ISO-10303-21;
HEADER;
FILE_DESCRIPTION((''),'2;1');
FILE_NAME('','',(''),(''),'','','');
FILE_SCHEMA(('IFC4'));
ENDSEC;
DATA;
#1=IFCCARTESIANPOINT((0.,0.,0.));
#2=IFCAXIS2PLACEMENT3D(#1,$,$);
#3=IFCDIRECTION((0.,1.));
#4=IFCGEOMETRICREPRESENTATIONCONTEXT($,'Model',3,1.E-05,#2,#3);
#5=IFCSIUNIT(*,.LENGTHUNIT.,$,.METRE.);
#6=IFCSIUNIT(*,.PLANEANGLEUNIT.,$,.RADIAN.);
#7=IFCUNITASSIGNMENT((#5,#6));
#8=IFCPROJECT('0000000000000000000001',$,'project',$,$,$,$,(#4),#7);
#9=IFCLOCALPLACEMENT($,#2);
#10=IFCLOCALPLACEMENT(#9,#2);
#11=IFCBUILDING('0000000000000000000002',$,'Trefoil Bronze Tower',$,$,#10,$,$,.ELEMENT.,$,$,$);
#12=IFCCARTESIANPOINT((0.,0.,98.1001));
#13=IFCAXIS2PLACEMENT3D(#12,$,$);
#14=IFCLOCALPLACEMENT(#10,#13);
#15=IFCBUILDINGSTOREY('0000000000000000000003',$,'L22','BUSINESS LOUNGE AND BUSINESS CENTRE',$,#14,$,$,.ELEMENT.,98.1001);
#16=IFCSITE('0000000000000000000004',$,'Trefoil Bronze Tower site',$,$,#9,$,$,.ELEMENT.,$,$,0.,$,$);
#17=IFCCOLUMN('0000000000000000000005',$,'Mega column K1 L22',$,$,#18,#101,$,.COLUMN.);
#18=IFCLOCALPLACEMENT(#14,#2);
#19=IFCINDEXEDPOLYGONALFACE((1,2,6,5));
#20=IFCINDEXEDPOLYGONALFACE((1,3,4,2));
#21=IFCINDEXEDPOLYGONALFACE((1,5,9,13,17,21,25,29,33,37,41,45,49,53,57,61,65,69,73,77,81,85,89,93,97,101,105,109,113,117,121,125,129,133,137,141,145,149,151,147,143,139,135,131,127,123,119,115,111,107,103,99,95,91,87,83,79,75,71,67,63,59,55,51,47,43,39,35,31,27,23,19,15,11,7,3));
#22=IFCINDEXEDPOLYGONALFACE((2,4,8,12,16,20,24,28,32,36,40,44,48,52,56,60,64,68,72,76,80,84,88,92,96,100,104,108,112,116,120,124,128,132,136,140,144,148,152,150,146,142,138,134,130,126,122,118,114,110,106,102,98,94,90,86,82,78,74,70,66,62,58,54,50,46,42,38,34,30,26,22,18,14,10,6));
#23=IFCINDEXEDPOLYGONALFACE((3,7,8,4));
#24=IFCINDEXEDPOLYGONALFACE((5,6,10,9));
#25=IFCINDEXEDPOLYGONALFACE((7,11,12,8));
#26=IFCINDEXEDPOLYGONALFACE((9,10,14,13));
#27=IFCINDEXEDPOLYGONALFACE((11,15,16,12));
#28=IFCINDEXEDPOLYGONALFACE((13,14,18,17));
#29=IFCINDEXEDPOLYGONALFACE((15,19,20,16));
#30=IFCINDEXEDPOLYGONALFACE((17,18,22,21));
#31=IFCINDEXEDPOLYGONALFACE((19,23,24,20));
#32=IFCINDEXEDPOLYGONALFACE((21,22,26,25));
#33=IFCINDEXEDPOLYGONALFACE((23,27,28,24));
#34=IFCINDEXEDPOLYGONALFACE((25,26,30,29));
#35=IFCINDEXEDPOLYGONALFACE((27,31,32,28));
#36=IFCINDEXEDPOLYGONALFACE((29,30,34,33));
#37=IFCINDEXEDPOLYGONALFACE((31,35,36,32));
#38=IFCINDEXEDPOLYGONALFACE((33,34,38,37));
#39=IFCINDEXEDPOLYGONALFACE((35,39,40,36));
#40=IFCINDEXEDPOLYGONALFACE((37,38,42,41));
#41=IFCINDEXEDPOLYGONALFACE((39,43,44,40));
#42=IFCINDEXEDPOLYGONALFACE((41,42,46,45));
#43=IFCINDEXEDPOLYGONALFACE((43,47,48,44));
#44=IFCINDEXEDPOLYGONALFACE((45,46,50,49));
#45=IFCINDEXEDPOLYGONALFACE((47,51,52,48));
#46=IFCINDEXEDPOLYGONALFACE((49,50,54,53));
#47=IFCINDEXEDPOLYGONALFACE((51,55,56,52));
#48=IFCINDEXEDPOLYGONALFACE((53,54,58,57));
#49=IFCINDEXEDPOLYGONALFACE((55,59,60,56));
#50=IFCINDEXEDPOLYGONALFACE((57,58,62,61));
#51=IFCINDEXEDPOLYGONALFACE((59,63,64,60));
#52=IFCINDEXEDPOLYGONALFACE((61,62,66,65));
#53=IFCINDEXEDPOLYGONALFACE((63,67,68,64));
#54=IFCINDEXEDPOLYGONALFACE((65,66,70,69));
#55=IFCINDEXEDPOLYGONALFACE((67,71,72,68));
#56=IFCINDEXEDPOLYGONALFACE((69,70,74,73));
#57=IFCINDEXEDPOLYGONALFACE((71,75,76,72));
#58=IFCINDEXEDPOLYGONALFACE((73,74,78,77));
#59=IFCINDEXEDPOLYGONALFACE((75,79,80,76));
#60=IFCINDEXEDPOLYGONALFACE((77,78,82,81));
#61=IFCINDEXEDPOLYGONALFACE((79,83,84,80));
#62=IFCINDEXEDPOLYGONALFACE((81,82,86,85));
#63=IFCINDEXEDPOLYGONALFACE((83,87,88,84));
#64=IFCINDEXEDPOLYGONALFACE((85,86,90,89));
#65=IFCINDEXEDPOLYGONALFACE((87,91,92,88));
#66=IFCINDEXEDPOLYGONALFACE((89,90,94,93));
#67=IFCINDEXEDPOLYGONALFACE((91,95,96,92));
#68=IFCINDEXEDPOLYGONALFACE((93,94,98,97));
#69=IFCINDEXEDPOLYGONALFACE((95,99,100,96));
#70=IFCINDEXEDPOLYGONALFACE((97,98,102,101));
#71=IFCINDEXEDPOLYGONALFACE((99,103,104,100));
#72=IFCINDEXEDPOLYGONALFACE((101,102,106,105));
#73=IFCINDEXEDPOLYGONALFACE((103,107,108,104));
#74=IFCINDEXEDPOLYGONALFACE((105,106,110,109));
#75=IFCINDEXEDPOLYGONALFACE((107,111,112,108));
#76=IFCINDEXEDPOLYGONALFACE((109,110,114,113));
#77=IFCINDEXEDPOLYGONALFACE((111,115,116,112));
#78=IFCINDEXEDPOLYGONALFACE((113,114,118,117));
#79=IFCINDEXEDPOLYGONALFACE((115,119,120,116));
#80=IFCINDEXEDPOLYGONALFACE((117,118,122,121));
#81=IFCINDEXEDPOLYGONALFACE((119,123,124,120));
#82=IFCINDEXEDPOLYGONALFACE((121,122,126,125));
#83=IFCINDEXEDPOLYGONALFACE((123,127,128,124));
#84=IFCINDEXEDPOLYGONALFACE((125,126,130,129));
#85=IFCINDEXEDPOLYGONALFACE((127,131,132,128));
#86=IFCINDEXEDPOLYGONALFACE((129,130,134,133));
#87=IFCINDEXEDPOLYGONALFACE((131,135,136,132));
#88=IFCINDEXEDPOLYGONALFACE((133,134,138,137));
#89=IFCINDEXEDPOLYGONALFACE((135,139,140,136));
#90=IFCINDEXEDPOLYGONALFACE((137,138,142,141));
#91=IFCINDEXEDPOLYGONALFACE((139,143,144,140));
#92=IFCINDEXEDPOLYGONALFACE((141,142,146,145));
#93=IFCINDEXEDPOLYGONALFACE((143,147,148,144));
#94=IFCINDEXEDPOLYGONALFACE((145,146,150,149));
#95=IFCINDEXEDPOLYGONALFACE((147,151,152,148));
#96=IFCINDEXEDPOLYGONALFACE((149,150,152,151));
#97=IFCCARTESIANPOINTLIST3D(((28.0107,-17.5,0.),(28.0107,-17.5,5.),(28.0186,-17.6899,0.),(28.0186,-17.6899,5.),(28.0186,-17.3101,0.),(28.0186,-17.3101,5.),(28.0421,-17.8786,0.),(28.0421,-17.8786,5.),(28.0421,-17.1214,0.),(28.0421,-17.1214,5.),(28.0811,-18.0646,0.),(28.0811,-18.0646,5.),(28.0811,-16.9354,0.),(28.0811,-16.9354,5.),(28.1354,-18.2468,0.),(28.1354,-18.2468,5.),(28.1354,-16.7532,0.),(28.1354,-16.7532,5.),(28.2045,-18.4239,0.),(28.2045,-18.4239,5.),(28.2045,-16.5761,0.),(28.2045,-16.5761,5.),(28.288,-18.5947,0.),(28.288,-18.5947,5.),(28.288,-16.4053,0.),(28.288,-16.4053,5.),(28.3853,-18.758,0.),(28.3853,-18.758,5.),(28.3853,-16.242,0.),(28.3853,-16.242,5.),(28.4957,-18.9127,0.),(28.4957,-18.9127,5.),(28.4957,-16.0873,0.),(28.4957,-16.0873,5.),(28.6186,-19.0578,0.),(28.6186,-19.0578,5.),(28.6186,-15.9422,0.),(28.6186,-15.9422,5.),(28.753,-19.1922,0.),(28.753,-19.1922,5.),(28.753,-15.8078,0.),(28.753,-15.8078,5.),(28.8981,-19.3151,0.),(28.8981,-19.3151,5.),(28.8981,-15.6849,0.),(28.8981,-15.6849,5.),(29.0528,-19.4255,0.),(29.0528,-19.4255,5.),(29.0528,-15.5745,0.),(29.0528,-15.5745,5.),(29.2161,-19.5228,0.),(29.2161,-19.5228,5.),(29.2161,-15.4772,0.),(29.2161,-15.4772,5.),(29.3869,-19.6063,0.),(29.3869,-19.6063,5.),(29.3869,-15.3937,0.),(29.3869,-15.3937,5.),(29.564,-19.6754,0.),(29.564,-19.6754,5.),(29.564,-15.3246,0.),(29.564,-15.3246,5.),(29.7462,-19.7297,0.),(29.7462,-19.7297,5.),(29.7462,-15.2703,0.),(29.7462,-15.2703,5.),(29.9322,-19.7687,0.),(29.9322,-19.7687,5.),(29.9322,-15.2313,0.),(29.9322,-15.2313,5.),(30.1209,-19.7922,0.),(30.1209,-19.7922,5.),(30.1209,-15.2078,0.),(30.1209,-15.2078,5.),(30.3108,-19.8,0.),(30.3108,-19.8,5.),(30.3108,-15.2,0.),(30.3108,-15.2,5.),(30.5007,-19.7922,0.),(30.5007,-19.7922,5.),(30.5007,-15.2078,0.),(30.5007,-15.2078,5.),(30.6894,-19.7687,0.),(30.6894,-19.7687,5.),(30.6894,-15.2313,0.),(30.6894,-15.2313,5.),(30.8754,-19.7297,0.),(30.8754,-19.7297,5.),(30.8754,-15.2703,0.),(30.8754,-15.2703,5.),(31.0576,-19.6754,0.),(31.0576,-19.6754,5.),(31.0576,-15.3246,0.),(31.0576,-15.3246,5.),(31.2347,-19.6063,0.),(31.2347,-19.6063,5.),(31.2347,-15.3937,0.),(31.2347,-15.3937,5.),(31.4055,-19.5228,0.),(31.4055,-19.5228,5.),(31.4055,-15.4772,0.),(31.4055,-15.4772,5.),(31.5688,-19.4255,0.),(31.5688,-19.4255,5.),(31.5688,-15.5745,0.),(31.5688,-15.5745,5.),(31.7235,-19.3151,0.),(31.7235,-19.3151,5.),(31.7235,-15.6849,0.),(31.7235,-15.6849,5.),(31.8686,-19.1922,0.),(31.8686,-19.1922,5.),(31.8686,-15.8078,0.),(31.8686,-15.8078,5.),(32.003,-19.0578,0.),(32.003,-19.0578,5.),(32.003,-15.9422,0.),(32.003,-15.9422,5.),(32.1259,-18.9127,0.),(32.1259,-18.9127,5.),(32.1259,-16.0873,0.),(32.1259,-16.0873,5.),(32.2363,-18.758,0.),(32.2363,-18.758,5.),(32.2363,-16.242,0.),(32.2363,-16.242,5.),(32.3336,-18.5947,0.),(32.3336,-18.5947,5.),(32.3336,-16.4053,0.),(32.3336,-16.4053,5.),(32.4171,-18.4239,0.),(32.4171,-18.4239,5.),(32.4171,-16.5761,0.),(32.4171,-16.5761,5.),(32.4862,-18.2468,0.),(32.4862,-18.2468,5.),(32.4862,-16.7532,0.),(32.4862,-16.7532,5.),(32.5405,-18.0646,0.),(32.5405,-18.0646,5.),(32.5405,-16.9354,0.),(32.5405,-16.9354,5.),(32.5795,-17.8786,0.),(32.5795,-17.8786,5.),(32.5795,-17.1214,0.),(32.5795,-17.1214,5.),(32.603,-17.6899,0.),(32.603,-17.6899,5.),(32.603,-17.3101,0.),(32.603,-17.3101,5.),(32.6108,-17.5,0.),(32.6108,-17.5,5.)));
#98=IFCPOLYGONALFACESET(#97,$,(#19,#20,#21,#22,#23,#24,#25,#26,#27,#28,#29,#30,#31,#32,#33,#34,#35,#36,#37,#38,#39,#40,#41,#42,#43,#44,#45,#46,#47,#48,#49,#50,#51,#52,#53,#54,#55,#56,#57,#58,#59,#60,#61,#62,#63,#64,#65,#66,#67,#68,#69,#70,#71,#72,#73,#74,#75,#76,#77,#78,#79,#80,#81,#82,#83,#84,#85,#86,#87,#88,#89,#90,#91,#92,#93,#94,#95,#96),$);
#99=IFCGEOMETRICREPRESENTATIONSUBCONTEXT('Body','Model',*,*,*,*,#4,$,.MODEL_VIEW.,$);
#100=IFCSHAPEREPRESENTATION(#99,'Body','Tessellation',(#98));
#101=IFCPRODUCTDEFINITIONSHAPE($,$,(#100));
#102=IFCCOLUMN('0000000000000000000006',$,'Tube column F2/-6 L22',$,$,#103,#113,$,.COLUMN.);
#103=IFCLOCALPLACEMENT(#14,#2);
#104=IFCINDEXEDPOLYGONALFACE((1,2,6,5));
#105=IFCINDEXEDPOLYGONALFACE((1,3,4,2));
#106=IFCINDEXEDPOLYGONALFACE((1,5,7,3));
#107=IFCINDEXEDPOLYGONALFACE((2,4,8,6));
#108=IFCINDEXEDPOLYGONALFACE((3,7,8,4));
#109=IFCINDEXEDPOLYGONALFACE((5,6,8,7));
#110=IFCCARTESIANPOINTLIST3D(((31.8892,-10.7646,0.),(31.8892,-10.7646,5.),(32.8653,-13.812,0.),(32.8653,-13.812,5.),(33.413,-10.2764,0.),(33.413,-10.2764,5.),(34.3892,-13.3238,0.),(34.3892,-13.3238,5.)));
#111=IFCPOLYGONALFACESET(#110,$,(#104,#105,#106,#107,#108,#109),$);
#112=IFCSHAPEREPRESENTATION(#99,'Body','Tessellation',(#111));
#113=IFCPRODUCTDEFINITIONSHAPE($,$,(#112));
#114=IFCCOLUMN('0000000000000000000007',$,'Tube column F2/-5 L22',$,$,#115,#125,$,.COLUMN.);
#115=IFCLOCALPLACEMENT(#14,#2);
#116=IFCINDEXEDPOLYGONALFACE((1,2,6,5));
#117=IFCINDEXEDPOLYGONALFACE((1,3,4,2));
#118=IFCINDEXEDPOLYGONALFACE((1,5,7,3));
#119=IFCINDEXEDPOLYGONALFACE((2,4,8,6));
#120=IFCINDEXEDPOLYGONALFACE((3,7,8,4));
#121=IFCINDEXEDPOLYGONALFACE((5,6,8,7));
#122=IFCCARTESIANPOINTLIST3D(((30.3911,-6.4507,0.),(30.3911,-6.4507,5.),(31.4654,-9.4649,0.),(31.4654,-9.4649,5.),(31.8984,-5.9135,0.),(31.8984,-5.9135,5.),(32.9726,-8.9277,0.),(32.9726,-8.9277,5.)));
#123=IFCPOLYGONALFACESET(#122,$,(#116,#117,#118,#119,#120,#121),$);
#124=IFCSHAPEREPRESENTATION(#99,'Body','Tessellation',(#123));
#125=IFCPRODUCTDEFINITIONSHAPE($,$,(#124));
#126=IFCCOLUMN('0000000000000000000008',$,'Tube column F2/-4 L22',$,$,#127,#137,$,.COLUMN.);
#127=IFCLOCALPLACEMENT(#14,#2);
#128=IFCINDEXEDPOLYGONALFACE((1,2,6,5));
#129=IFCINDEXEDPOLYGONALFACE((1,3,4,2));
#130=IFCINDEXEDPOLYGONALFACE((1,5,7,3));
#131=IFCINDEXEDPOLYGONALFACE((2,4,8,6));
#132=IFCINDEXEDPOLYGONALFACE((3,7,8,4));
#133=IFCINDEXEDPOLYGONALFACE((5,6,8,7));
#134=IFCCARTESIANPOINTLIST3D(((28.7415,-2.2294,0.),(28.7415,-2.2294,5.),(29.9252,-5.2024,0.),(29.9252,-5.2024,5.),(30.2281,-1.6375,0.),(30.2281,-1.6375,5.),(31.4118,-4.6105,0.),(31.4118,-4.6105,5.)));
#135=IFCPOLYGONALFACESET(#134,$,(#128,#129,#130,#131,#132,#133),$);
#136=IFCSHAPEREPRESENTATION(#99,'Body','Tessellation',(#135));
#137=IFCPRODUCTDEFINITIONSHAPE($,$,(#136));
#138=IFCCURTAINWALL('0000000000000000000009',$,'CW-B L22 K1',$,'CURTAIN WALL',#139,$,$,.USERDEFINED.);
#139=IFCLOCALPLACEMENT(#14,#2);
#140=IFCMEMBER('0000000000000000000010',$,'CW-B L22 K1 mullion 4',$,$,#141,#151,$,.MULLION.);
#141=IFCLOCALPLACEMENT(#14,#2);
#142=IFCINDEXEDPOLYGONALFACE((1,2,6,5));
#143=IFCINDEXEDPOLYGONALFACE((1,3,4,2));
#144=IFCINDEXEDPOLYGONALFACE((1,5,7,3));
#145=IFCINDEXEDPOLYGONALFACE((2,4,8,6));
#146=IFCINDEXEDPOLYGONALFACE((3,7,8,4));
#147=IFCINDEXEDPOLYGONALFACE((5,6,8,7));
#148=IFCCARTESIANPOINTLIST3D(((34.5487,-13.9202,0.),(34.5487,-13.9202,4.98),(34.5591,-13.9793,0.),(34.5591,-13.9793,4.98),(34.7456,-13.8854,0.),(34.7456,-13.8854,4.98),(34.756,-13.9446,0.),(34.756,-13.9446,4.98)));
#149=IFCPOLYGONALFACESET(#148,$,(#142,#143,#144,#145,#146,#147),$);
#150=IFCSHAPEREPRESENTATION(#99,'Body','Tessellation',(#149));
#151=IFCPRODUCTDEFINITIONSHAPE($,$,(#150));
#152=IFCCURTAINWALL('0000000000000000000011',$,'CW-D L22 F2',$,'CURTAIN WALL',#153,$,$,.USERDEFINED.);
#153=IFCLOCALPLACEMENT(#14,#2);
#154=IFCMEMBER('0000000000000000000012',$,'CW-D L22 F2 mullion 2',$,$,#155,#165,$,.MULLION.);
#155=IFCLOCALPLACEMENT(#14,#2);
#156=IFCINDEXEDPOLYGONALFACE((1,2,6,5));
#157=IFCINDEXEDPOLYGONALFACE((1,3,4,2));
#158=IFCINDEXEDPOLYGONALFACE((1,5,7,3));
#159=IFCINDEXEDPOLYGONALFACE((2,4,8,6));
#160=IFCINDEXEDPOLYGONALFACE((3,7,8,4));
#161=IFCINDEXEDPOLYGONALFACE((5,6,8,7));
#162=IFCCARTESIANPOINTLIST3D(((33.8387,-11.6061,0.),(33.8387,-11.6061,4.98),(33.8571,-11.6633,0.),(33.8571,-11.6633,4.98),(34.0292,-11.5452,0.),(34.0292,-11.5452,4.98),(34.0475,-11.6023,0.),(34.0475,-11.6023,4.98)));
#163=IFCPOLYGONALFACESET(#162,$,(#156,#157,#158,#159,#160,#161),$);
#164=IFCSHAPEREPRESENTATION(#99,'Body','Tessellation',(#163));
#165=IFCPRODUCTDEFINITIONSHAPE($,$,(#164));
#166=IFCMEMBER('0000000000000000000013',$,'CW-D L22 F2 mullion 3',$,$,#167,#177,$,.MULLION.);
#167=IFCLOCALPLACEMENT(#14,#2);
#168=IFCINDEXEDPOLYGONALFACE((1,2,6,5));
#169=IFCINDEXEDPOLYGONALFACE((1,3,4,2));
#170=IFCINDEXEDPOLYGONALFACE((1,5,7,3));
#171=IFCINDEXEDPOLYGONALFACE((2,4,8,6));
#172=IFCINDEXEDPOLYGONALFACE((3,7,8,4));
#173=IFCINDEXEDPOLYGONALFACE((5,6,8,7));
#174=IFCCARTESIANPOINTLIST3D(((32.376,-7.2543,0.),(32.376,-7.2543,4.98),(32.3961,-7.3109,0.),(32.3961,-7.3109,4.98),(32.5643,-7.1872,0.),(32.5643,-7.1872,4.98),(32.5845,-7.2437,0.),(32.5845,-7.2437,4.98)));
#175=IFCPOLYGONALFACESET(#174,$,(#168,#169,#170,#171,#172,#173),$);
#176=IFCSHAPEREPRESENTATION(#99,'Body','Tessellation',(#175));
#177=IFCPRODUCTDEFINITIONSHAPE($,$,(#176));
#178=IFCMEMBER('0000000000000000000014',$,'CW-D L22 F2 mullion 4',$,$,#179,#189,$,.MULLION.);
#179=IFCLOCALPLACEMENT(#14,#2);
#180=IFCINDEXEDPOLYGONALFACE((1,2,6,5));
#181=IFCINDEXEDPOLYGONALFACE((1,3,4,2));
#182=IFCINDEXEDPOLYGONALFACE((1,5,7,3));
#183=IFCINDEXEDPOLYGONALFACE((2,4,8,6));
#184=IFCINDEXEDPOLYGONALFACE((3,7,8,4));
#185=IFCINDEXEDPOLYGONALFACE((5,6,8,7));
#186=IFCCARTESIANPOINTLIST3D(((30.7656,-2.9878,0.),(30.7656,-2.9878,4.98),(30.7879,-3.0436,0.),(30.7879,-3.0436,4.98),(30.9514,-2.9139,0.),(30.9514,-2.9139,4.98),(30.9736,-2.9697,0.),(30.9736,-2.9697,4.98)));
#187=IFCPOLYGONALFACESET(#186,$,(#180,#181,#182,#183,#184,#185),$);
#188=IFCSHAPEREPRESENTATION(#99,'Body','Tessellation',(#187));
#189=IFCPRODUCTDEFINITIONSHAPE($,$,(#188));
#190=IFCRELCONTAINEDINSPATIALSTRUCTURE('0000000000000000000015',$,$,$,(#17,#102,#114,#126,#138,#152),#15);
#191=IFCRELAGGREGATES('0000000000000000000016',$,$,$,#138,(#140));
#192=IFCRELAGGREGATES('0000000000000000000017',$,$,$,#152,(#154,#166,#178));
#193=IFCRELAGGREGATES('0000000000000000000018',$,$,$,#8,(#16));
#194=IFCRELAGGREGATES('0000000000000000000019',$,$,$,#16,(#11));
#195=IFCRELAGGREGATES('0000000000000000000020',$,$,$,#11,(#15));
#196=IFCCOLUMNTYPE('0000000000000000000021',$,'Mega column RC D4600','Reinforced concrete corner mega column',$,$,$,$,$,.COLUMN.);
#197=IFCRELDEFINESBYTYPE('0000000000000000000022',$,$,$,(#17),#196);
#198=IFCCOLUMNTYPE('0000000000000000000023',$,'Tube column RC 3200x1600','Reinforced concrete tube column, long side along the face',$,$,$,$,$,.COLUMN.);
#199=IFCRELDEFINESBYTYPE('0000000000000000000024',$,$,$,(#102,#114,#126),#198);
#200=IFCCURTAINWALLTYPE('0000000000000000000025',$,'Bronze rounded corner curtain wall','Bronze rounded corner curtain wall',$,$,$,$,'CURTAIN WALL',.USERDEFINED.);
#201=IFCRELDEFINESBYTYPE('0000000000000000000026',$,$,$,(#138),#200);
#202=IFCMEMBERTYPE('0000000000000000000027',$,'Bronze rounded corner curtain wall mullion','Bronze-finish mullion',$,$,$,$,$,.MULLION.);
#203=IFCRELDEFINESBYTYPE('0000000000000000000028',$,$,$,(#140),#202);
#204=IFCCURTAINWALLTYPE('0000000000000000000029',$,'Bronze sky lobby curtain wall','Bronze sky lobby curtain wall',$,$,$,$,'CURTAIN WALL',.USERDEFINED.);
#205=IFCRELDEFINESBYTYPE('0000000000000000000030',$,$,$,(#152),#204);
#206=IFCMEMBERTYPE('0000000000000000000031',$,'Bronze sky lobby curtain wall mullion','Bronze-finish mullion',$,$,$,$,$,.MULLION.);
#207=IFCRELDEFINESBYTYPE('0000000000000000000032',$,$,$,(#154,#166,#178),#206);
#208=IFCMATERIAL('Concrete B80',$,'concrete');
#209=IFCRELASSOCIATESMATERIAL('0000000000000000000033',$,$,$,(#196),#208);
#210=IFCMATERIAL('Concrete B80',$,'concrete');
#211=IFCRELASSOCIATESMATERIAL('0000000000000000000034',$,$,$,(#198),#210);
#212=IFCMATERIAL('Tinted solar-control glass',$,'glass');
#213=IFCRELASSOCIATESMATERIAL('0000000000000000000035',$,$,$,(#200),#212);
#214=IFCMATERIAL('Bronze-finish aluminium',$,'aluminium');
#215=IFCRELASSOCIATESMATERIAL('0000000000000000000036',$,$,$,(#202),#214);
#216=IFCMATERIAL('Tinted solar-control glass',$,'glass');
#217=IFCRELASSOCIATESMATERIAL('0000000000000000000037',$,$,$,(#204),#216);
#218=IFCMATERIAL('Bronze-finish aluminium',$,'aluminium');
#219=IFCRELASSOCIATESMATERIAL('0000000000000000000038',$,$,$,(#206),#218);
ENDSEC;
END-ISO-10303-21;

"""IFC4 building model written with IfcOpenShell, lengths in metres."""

from ifc_helpers import new_model, si_unit, direction, frame, origin, origin_2d, place, context, subcontext, project, spatial, rectangle, circle, extrude, material, material_profile, profile_set, type_object, element, aggregate, save


model = new_model("IFC4")

# Units and contexts
model_context = context("Model", 3, precision=1e-05, world=origin(), true_north=direction((0.0, 1.0)))
body_context = subcontext(model_context, "Body", "Model", "MODEL_VIEW")
ifc_project = project(units=[si_unit("LENGTHUNIT", "METRE"), si_unit("PLANEANGLEUNIT", "RADIAN")], contexts=[model_context])

# Site, building, storey
site_placement = place(None, origin())
site = spatial("IfcSite", under=ifc_project, at=site_placement, Name="Trefoil Bronze Tower site", CompositionType="ELEMENT", RefElevation=0.0)
building_placement = place(site_placement, origin())
building = spatial("IfcBuilding", under=site, at=building_placement, Name="Trefoil Bronze Tower", CompositionType="ELEMENT")
storey_placement = place(building_placement, frame((0.0, 0.0, 98.1001)))
storey = spatial("IfcBuildingStorey", under=building, at=storey_placement, Name="L22", Description="BUSINESS LOUNGE AND BUSINESS CENTRE", CompositionType="ELEMENT", Elevation=98.1001)

# Columns
ifc_material_1 = material(Name="Concrete B80", Category="concrete")
ifc_material_profile_1 = material_profile(ifc_material_1, circle(Radius=2.3, at=origin_2d()), Name="RC D4600")
ifc_profile_set_1 = profile_set([ifc_material_profile_1], Name="Concrete B80")
column_type_1 = type_object("IfcColumnType", Name="Mega column RC D4600", Description="Reinforced concrete corner mega column", PredefinedType="COLUMN", material=ifc_profile_set_1)
column_placement = place(storey_placement, frame((30.3108, -17.5, 0.0), z_axis=(0.0, 0.0, 1.0), x_axis=(1.0, 0.0, 0.0)))
element("IfcColumn", 1, at=column_placement, inside=storey, type_object=column_type_1, Name="Mega column K1 L22", PredefinedType="COLUMN", context=body_context, shape_type="SweptSolid", body=[
    extrude(circle(Radius=2.3, at=origin_2d()), origin(), (0.0, 0.0, 1.0), 5.0),
])
ifc_material_2 = material(Name="Concrete B80", Category="concrete")
ifc_material_profile_2 = material_profile(ifc_material_2, rectangle(XDim=3.2, YDim=1.6001, at=origin_2d()), Name="RC 3200x1600")
ifc_profile_set_2 = profile_set([ifc_material_profile_2], Name="Concrete B80")
column_type_2 = type_object("IfcColumnType", Name="Tube column RC 3200x1600", Description="Reinforced concrete tube column, long side along the face", PredefinedType="COLUMN", material=ifc_profile_set_2)
for number, where, z_axis, x_axis, name in (
    (2, (33.1392, -12.0442, 0.0), (0.0, 0.0, 1.0), (-0.305066, 0.952331, 0.0), "Tube column F2/-6 L22"),
    (3, (31.6819, -7.6892, 0.0), (0.0, 0.0, 1.0), (-0.335718, 0.941963, 0.0), "Tube column F2/-5 L22"),
    (4, (30.0767, -3.4199, 0.0), (0.0, 0.0, 1.0), (-0.369901, 0.929071, 0.0), "Tube column F2/-4 L22"),
):
    element("IfcColumn", number, at=place(storey_placement, frame(where, z_axis=z_axis, x_axis=x_axis)), inside=storey, type_object=column_type_2, Name=name, PredefinedType="COLUMN", context=body_context, shape_type="SweptSolid", body=[
        extrude(rectangle(XDim=3.2, YDim=1.6001, at=origin_2d()), origin(), (0.0, 0.0, 1.0), 5.0),
    ])

# Curtain wall, member
ifc_material_3 = material(Name="Tinted solar-control glass", Category="glass")
curtain_wall_type_1 = type_object("IfcCurtainWallType", Name="Bronze rounded corner curtain wall", Description="Bronze rounded corner curtain wall", ElementType="CURTAIN WALL", PredefinedType="USERDEFINED", material=ifc_material_3)
curtain_wall_1_placement = place(storey_placement, origin())
curtain_wall_1 = element("IfcCurtainWall", 5, at=curtain_wall_1_placement, inside=storey, type_object=curtain_wall_type_1, Name="CW-B L22 K1", ObjectType="CURTAIN WALL", PredefinedType="USERDEFINED")
ifc_material_4 = material(Name="Bronze-finish aluminium", Category="aluminium")
ifc_material_profile_3 = material_profile(ifc_material_4, rectangle(XDim=0.2, YDim=0.0601, at=origin_2d()), Name="CW-B mullion")
ifc_profile_set_3 = profile_set([ifc_material_profile_3], Name="Bronze-finish aluminium")
member_type_1 = type_object("IfcMemberType", Name="Bronze rounded corner curtain wall mullion", Description="Bronze-finish mullion", PredefinedType="MULLION", material=ifc_profile_set_3)
member_1_placement = place(storey_placement, frame((34.6523, -13.9324, 0.0), z_axis=(0.0, 0.0, 1.0), x_axis=(-0.984808, -0.173648, 0.0)))
member_1 = element("IfcMember", 6, at=member_1_placement, type_object=member_type_1, Name="CW-B L22 K1 mullion 4", PredefinedType="MULLION", context=body_context, shape_type="SweptSolid", body=[
    extrude(rectangle(XDim=0.2, YDim=0.0601, at=origin_2d()), origin(), (0.0, 0.0, 1.0), 4.98),
])

# Curtain wall, members
ifc_material_5 = material(Name="Tinted solar-control glass", Category="glass")
curtain_wall_type_2 = type_object("IfcCurtainWallType", Name="Bronze sky lobby curtain wall", Description="Bronze sky lobby curtain wall", ElementType="CURTAIN WALL", PredefinedType="USERDEFINED", material=ifc_material_5)
curtain_wall_2_placement = place(storey_placement, origin())
curtain_wall_2 = element("IfcCurtainWall", 7, at=curtain_wall_2_placement, inside=storey, type_object=curtain_wall_type_2, Name="CW-D L22 F2", ObjectType="CURTAIN WALL", PredefinedType="USERDEFINED")
ifc_material_6 = material(Name="Bronze-finish aluminium", Category="aluminium")
ifc_material_profile_4 = material_profile(ifc_material_6, rectangle(XDim=0.2, YDim=0.0601, at=origin_2d()), Name="CW-D mullion")
ifc_profile_set_4 = profile_set([ifc_material_profile_4], Name="Bronze-finish aluminium")
member_type_2 = type_object("IfcMemberType", Name="Bronze sky lobby curtain wall mullion", Description="Bronze-finish mullion", PredefinedType="MULLION", material=ifc_profile_set_4)
member_2_placement = place(storey_placement, frame((33.9431, -11.6042, 0.0), z_axis=(0.0, 0.0, 1.0), x_axis=(-0.952331, -0.305066, 0.0)))
member_2 = element("IfcMember", 8, at=member_2_placement, type_object=member_type_2, Name="CW-D L22 F2 mullion 2", PredefinedType="MULLION", context=body_context, shape_type="SweptSolid", body=[
    extrude(rectangle(XDim=0.2, YDim=0.0601, at=origin_2d()), origin(), (0.0, 0.0, 1.0), 4.98),
])
member_3_placement = place(storey_placement, frame((32.4802, -7.249, 0.0), z_axis=(0.0, 0.0, 1.0), x_axis=(-0.941963, -0.335718, 0.0)))
member_3 = element("IfcMember", 9, at=member_3_placement, type_object=member_type_2, Name="CW-D L22 F2 mullion 3", PredefinedType="MULLION", context=body_context, shape_type="SweptSolid", body=[
    extrude(rectangle(XDim=0.2, YDim=0.0601, at=origin_2d()), origin(), (0.0, 0.0, 1.0), 4.98),
])
member_4_placement = place(storey_placement, frame((30.8696, -2.9788, 0.0), z_axis=(0.0, 0.0, 1.0), x_axis=(-0.929071, -0.369901, 0.0)))
member_4 = element("IfcMember", 10, at=member_4_placement, type_object=member_type_2, Name="CW-D L22 F2 mullion 4", PredefinedType="MULLION", context=body_context, shape_type="SweptSolid", body=[
    extrude(rectangle(XDim=0.2, YDim=0.0601, at=origin_2d()), origin(), (0.0, 0.0, 1.0), 4.98),
])

aggregate(curtain_wall_1, [member_1])
aggregate(curtain_wall_2, [member_2, member_3, member_4])

save(model, "model.ifc")
